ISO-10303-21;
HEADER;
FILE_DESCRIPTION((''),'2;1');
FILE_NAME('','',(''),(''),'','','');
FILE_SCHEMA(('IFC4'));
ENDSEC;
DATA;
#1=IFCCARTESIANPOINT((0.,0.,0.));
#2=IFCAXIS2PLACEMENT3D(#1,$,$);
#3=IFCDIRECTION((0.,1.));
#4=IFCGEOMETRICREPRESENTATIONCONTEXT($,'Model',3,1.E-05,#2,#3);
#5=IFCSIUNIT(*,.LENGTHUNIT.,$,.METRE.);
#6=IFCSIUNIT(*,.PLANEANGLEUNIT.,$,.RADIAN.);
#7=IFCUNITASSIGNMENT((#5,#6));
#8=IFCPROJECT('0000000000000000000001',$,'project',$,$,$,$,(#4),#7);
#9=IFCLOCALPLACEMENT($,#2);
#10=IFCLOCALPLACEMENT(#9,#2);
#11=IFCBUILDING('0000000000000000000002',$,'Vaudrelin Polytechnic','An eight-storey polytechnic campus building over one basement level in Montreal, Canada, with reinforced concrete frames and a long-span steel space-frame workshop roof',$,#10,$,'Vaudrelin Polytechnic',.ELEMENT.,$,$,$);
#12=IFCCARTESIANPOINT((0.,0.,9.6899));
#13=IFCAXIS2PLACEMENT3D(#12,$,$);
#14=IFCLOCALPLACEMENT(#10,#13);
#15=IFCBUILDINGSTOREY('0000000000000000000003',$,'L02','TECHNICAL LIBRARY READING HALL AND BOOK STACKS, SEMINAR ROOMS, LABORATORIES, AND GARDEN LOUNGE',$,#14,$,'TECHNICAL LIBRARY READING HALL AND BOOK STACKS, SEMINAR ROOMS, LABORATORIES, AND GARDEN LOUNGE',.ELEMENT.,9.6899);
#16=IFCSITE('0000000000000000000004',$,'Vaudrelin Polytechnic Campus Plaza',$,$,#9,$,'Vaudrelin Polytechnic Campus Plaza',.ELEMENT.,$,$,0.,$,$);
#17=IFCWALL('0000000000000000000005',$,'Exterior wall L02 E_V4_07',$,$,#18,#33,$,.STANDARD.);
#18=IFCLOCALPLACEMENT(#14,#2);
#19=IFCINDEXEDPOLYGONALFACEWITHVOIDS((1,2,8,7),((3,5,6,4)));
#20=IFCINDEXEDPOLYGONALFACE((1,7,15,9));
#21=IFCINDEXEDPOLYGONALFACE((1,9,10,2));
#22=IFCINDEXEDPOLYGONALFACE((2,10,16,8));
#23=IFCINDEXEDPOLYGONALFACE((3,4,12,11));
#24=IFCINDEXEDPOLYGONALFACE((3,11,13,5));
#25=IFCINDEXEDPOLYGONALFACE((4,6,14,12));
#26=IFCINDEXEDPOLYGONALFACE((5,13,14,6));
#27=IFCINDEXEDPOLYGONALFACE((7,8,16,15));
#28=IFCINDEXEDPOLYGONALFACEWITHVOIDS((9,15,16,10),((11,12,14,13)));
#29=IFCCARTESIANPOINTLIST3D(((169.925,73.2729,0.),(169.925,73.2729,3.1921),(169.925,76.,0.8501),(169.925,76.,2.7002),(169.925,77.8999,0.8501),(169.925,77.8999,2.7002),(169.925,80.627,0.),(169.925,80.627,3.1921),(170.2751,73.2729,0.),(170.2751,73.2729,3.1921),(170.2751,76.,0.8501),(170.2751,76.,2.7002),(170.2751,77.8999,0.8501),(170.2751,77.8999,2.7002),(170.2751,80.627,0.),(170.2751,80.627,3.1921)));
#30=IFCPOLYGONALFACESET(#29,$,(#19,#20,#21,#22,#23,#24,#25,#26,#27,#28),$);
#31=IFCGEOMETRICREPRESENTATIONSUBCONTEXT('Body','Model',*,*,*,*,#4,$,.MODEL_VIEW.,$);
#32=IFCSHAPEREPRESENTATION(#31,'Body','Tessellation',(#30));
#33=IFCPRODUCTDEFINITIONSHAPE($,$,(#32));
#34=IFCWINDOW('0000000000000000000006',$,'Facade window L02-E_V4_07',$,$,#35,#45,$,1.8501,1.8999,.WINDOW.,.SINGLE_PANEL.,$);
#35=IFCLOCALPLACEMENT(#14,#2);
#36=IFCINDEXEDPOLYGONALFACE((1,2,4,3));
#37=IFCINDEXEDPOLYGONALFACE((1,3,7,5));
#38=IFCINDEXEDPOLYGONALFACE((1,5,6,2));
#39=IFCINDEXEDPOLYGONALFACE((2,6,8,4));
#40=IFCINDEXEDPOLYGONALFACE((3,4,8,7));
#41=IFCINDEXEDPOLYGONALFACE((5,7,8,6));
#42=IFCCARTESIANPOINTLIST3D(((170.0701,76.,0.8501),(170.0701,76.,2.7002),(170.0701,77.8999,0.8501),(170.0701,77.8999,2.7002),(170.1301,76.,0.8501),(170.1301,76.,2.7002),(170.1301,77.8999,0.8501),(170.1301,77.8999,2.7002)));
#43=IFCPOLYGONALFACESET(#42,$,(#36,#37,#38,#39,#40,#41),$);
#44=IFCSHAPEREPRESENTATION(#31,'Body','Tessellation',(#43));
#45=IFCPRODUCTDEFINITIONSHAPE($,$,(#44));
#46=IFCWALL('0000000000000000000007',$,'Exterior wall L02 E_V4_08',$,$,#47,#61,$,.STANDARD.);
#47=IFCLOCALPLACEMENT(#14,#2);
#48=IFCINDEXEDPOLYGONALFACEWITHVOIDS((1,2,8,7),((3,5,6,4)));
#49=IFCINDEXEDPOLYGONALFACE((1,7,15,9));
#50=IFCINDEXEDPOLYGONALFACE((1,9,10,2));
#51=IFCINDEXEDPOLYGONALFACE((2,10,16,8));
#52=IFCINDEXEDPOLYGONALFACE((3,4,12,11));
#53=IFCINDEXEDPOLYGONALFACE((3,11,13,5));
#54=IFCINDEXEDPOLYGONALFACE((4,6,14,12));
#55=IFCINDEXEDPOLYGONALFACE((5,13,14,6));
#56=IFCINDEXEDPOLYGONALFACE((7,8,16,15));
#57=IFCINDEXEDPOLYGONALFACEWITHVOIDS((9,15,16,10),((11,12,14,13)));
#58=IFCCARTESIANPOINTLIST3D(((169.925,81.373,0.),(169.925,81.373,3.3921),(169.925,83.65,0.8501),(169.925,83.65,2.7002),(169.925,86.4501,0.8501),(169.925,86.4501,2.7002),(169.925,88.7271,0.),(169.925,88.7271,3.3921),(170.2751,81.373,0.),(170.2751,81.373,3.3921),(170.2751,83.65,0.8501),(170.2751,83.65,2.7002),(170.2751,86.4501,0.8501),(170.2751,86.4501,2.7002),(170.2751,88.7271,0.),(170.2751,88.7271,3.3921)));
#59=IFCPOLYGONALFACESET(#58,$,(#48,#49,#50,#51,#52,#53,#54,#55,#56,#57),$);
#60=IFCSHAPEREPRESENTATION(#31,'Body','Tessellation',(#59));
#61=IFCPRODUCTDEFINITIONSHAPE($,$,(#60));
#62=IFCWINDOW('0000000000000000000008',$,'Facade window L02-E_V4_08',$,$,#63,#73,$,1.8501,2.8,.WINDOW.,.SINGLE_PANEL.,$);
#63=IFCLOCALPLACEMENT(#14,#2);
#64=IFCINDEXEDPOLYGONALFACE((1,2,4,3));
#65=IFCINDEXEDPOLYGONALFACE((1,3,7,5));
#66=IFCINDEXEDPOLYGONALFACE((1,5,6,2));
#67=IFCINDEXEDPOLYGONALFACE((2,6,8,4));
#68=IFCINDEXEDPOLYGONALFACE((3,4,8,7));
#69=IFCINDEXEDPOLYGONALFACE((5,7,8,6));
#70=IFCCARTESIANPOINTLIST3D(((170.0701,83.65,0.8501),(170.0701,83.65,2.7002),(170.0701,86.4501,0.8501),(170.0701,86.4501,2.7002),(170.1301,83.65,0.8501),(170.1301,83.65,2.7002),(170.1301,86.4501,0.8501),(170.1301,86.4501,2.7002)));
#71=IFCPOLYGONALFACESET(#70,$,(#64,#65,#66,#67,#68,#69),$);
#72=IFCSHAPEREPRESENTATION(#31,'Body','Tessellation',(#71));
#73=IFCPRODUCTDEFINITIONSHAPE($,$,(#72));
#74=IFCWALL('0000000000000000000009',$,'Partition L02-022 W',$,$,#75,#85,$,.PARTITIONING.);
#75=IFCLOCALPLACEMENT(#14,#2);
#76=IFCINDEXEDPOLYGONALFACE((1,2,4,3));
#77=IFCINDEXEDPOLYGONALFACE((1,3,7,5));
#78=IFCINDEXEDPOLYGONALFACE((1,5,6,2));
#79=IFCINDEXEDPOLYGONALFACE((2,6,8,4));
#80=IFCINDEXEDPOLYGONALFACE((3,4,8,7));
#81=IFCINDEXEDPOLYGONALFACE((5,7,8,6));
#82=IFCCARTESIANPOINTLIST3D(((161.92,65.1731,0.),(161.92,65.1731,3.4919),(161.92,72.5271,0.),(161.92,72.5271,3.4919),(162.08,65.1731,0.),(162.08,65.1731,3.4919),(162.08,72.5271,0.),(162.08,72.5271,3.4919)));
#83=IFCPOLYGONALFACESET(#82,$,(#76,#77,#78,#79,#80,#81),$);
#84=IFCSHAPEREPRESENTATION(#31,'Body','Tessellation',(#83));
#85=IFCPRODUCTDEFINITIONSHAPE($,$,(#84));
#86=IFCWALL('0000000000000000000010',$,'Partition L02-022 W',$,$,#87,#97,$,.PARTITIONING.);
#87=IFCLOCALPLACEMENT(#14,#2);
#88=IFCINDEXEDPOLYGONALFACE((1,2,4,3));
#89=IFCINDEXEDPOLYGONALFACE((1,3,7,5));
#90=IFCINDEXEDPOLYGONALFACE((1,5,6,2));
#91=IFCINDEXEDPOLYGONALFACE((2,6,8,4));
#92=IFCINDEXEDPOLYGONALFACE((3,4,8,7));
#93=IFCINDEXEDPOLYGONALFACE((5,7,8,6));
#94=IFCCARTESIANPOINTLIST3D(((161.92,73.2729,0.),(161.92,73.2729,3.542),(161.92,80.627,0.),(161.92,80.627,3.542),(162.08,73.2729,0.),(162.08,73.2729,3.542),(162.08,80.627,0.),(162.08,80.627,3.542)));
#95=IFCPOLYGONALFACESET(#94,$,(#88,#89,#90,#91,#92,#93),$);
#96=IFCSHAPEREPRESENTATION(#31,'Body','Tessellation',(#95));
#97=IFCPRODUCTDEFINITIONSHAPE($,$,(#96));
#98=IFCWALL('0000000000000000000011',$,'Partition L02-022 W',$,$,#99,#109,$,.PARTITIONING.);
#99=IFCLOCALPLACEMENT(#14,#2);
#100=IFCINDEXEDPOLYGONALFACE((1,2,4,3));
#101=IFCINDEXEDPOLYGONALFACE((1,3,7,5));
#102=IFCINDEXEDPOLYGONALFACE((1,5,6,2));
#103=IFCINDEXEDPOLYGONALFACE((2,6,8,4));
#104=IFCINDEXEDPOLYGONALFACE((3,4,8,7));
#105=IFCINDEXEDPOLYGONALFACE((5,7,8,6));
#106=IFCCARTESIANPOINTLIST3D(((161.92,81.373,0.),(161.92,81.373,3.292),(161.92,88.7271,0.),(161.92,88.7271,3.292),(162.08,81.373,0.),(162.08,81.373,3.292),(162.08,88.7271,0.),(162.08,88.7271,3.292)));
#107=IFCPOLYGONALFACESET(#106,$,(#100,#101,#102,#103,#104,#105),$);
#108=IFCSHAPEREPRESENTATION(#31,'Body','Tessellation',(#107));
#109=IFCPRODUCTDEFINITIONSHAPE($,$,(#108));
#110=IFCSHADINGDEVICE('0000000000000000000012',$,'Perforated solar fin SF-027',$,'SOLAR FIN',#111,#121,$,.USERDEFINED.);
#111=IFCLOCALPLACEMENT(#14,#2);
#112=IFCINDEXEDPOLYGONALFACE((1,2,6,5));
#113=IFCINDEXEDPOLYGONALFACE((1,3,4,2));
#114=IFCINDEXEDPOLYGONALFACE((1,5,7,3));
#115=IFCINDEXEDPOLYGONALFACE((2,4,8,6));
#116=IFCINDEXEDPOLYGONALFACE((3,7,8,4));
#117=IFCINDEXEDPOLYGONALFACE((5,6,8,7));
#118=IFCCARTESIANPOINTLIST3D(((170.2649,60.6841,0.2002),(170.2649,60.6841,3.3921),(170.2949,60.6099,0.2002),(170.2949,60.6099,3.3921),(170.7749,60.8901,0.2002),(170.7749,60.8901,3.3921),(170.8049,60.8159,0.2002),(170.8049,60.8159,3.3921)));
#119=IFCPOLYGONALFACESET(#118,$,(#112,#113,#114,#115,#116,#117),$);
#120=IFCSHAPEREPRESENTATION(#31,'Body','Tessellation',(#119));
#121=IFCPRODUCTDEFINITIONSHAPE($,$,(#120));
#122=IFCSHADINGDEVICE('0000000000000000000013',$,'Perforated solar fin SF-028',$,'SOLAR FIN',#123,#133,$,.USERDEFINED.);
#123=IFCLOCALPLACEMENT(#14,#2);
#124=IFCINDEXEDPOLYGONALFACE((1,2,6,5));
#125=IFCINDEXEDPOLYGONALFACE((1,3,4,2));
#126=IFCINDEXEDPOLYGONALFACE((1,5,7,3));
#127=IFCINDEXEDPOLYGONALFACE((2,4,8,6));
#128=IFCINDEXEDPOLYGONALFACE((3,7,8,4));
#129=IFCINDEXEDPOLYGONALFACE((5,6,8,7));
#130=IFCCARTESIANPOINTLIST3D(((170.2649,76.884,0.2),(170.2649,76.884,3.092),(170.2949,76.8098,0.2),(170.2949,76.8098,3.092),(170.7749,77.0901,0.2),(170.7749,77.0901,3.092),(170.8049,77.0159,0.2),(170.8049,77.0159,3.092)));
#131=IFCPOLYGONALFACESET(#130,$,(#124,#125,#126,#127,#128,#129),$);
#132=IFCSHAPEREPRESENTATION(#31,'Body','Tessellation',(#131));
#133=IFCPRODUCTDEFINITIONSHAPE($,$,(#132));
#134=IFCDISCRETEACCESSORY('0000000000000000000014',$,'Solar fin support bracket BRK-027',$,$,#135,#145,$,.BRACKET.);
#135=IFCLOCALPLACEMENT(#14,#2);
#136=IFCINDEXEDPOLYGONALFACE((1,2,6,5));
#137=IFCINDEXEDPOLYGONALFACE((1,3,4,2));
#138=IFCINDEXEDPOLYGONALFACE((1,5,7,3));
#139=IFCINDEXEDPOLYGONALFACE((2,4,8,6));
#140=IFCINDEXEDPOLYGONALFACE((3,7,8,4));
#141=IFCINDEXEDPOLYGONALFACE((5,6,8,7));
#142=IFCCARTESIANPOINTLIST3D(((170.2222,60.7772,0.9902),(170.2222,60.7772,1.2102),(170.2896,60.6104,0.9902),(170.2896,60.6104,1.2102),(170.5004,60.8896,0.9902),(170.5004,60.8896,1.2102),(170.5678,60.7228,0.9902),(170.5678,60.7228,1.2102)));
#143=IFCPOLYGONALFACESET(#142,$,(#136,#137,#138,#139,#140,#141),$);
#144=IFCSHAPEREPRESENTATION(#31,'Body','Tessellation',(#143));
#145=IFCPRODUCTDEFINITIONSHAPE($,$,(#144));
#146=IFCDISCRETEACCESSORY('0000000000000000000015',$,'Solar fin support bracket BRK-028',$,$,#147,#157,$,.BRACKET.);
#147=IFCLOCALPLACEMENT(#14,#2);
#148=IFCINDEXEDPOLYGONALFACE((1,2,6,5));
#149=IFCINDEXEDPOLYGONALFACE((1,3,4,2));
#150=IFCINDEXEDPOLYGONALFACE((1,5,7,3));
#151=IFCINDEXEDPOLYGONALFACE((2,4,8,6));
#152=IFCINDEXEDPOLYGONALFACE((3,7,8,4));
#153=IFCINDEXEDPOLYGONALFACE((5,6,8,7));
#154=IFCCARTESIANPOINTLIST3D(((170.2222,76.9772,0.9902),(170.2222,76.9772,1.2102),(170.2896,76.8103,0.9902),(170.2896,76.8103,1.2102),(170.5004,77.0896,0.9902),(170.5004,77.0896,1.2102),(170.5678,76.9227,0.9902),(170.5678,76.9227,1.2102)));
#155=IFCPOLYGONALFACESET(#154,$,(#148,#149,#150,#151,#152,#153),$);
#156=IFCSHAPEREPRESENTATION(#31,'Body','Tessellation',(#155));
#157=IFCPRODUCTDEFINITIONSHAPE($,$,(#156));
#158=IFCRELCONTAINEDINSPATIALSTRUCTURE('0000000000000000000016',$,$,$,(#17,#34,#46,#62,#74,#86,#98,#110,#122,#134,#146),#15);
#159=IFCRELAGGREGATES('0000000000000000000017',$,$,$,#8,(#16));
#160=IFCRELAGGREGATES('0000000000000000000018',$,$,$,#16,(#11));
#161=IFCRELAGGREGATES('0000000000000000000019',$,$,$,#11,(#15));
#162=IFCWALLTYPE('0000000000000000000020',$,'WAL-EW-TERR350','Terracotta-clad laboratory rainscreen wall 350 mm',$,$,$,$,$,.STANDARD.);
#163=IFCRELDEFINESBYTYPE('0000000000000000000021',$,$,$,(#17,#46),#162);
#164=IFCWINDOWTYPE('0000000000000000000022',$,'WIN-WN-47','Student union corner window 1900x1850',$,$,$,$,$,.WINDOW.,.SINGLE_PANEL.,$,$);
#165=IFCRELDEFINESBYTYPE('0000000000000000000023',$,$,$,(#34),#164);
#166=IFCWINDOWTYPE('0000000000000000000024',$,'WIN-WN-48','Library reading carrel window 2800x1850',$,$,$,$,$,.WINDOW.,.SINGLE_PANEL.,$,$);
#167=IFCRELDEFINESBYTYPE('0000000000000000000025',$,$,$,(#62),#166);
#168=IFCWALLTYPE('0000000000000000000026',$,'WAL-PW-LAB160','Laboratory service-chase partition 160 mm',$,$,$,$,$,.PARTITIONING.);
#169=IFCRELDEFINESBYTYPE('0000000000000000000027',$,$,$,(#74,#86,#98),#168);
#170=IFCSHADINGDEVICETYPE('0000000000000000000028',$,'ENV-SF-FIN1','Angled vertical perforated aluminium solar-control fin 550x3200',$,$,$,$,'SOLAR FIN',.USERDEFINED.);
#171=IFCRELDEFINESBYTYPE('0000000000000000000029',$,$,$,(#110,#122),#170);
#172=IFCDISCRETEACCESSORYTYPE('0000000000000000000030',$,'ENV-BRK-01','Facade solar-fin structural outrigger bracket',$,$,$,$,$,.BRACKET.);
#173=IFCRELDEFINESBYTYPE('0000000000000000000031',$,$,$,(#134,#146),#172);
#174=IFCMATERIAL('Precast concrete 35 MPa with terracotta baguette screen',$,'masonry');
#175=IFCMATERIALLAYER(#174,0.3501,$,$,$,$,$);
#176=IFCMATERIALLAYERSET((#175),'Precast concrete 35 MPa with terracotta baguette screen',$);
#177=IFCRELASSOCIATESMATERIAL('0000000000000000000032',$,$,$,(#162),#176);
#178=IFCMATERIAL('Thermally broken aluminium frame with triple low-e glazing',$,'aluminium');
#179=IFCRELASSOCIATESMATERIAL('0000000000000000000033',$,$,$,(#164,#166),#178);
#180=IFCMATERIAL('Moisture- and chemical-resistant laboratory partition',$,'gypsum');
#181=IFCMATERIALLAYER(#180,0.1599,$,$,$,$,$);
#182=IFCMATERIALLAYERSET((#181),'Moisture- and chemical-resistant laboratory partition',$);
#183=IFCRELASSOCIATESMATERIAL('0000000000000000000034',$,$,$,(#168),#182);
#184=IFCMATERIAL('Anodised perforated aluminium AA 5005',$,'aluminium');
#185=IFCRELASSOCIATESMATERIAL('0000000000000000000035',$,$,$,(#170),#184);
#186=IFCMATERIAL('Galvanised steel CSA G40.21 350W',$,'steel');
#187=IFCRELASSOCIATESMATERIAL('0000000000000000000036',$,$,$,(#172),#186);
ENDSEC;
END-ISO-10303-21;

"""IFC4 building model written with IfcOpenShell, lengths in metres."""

from ifc_helpers import new_model, si_unit, direction, frame, frame_2d, origin, origin_2d, place, context, subcontext, project, spatial, rectangle, extrude, material, layer, layer_set, type_object, element, fill, save


model = new_model("IFC4")

# Units and contexts
model_context = context("Model", 3, precision=1e-05, world=origin(), true_north=direction((0.0, 1.0)))
body_context = subcontext(model_context, "Body", "Model", "MODEL_VIEW")
ifc_project = project(units=[si_unit("LENGTHUNIT", "METRE"), si_unit("PLANEANGLEUNIT", "RADIAN")], contexts=[model_context])

# Site, building, storey
site_placement = place(None, origin())
site = spatial("IfcSite", under=ifc_project, at=site_placement, Name="Vaudrelin Polytechnic Campus Plaza", LongName="Vaudrelin Polytechnic Campus Plaza", CompositionType="ELEMENT", RefElevation=0.0)
building_placement = place(site_placement, origin())
building = spatial("IfcBuilding", under=site, at=building_placement, Name="Vaudrelin Polytechnic", Description="An eight-storey polytechnic campus building over one basement level in Montreal, Canada, with reinforced concrete frames and a long-span steel space-frame workshop roof", LongName="Vaudrelin Polytechnic", CompositionType="ELEMENT")
storey_placement = place(building_placement, frame((0.0, 0.0, 9.6899)))
storey = spatial("IfcBuildingStorey", under=building, at=storey_placement, Name="L02", Description="TECHNICAL LIBRARY READING HALL AND BOOK STACKS, SEMINAR ROOMS, LABORATORIES, AND GARDEN LOUNGE", LongName="TECHNICAL LIBRARY READING HALL AND BOOK STACKS, SEMINAR ROOMS, LABORATORIES, AND GARDEN LOUNGE", CompositionType="ELEMENT", Elevation=9.6899)

# Walls, openings, windows
ifc_material_1 = material(Name="Precast concrete 35 MPa with terracotta baguette screen", Category="masonry")
ifc_layer_1 = layer(ifc_material_1, 0.3501)
ifc_layer_set_1 = layer_set([ifc_layer_1], Name="Precast concrete 35 MPa with terracotta baguette screen")
wall_type_1 = type_object("IfcWallType", Name="WAL-EW-TERR350", Description="Terracotta-clad laboratory rainscreen wall 350 mm", PredefinedType="STANDARD", material=ifc_layer_set_1)
ifc_material_2 = material(Name="Thermally broken aluminium frame with triple low-e glazing", Category="aluminium")
wall_1_placement = place(storey_placement, frame((170.1001, 73.2729, 0.0), z_axis=(0.0, 0.0, 1.0), x_axis=(0.0, 1.0, 0.0)))
wall_1 = element("IfcWall", 1, at=wall_1_placement, inside=storey, type_object=wall_type_1, Name="Exterior wall L02 E_V4_07", PredefinedType="STANDARD", context=body_context, shape_type="SweptSolid", body=[
    extrude(rectangle(XDim=7.354, YDim=0.3501, at=frame_2d((3.677, 0.0))), origin(), (0.0, 0.0, 1.0), 3.1921),
])
opening_1_placement = place(wall_1_placement, frame((2.7271, 0.0, 0.8501)))
opening_1 = element("IfcOpeningElement", 2, at=opening_1_placement, cuts=wall_1, PredefinedType="OPENING", context=body_context, shape_type="SweptSolid", body=[
    extrude(rectangle(XDim=1.8999, YDim=1.8501, at=frame_2d((0.95, 0.925))), frame((0.0, 0.1851, 0.0), z_axis=(0.0, -1.0, 0.0), x_axis=(1.0, 0.0, 0.0)), (0.0, 0.0, 1.0), 0.3701),
])
window_type_1 = type_object("IfcWindowType", Name="WIN-WN-47", Description="Student union corner window 1900x1850", PartitioningType="SINGLE_PANEL", PredefinedType="WINDOW", material=ifc_material_2)
window_1_placement = place(opening_1_placement, origin())
window_1 = element("IfcWindow", 3, at=window_1_placement, inside=storey, type_object=window_type_1, Name="Facade window L02-E_V4_07", OverallHeight=1.8501, OverallWidth=1.8999, PartitioningType="SINGLE_PANEL", PredefinedType="WINDOW", context=body_context, shape_type="SweptSolid", body=[
    extrude(rectangle(XDim=1.8999, YDim=1.8501, at=frame_2d((0.95, 0.925))), frame((0.0, 0.03, 0.0), z_axis=(0.0, -1.0, 0.0), x_axis=(1.0, 0.0, 0.0)), (0.0, 0.0, 1.0), 0.0601),
])
fill(opening_1, window_1)
wall_2_placement = place(storey_placement, frame((170.1001, 81.373, 0.0), z_axis=(0.0, 0.0, 1.0), x_axis=(0.0, 1.0, 0.0)))
wall_2 = element("IfcWall", 4, at=wall_2_placement, inside=storey, type_object=wall_type_1, Name="Exterior wall L02 E_V4_08", PredefinedType="STANDARD", context=body_context, shape_type="SweptSolid", body=[
    extrude(rectangle(XDim=7.354, YDim=0.3501, at=frame_2d((3.677, 0.0))), origin(), (0.0, 0.0, 1.0), 3.3921),
])
opening_2_placement = place(wall_2_placement, frame((2.2771, 0.0, 0.8501)))
opening_2 = element("IfcOpeningElement", 5, at=opening_2_placement, cuts=wall_2, PredefinedType="OPENING", context=body_context, shape_type="SweptSolid", body=[
    extrude(rectangle(XDim=2.8, YDim=1.8501, at=frame_2d((1.3999, 0.925))), frame((0.0, 0.1851, 0.0), z_axis=(0.0, -1.0, 0.0), x_axis=(1.0, 0.0, 0.0)), (0.0, 0.0, 1.0), 0.3701),
])
window_type_2 = type_object("IfcWindowType", Name="WIN-WN-48", Description="Library reading carrel window 2800x1850", PartitioningType="SINGLE_PANEL", PredefinedType="WINDOW", material=ifc_material_2)
window_2_placement = place(opening_2_placement, origin())
window_2 = element("IfcWindow", 6, at=window_2_placement, inside=storey, type_object=window_type_2, Name="Facade window L02-E_V4_08", OverallHeight=1.8501, OverallWidth=2.8, PartitioningType="SINGLE_PANEL", PredefinedType="WINDOW", context=body_context, shape_type="SweptSolid", body=[
    extrude(rectangle(XDim=2.8, YDim=1.8501, at=frame_2d((1.3999, 0.925))), frame((0.0, 0.03, 0.0), z_axis=(0.0, -1.0, 0.0), x_axis=(1.0, 0.0, 0.0)), (0.0, 0.0, 1.0), 0.0601),
])
fill(opening_2, window_2)

# Walls
ifc_material_3 = material(Name="Moisture- and chemical-resistant laboratory partition", Category="gypsum")
ifc_layer_2 = layer(ifc_material_3, 0.1599)
ifc_layer_set_2 = layer_set([ifc_layer_2], Name="Moisture- and chemical-resistant laboratory partition")
wall_type_2 = type_object("IfcWallType", Name="WAL-PW-LAB160", Description="Laboratory service-chase partition 160 mm", PredefinedType="PARTITIONING", material=ifc_layer_set_2)
wall_3_placement = place(storey_placement, frame((162.0, 65.1731, 0.0), z_axis=(0.0, 0.0, 1.0), x_axis=(0.0, 1.0, 0.0)))
element("IfcWall", 7, at=wall_3_placement, inside=storey, type_object=wall_type_2, Name="Partition L02-022 W", PredefinedType="PARTITIONING", context=body_context, shape_type="SweptSolid", body=[
    extrude(rectangle(XDim=7.354, YDim=0.1599, at=frame_2d((3.677, 0.0))), origin(), (0.0, 0.0, 1.0), 3.4919),
])
wall_4_placement = place(storey_placement, frame((162.0, 73.2729, 0.0), z_axis=(0.0, 0.0, 1.0), x_axis=(0.0, 1.0, 0.0)))
element("IfcWall", 8, at=wall_4_placement, inside=storey, type_object=wall_type_2, Name="Partition L02-022 W", PredefinedType="PARTITIONING", context=body_context, shape_type="SweptSolid", body=[
    extrude(rectangle(XDim=7.354, YDim=0.1599, at=frame_2d((3.677, 0.0))), origin(), (0.0, 0.0, 1.0), 3.542),
])
wall_5_placement = place(storey_placement, frame((162.0, 81.373, 0.0), z_axis=(0.0, 0.0, 1.0), x_axis=(0.0, 1.0, 0.0)))
element("IfcWall", 9, at=wall_5_placement, inside=storey, type_object=wall_type_2, Name="Partition L02-022 W", PredefinedType="PARTITIONING", context=body_context, shape_type="SweptSolid", body=[
    extrude(rectangle(XDim=7.354, YDim=0.1599, at=frame_2d((3.677, 0.0))), origin(), (0.0, 0.0, 1.0), 3.292),
])

# Shading devices
ifc_material_4 = material(Name="Anodised perforated aluminium AA 5005", Category="aluminium")
shading_device_type = type_object("IfcShadingDeviceType", Name="ENV-SF-FIN1", Description="Angled vertical perforated aluminium solar-control fin 550x3200", ElementType="SOLAR FIN", PredefinedType="USERDEFINED", material=ifc_material_4)
shading_device_1_placement = place(storey_placement, frame((170.5349, 60.75, 0.2002), z_axis=(0.0, 0.0, 1.0), x_axis=(0.927184, 0.374607, 0.0)))
element("IfcShadingDevice", 10, at=shading_device_1_placement, inside=storey, type_object=shading_device_type, Name="Perforated solar fin SF-027", ObjectType="SOLAR FIN", PredefinedType="USERDEFINED", context=body_context, shape_type="SweptSolid", body=[
    extrude(rectangle(XDim=0.55, YDim=0.0801, at=origin_2d()), origin(), (0.0, 0.0, 1.0), 3.1919),
])
shading_device_2_placement = place(storey_placement, frame((170.5349, 76.95, 0.2), z_axis=(0.0, 0.0, 1.0), x_axis=(0.927184, 0.374607, 0.0)))
element("IfcShadingDevice", 11, at=shading_device_2_placement, inside=storey, type_object=shading_device_type, Name="Perforated solar fin SF-028", ObjectType="SOLAR FIN", PredefinedType="USERDEFINED", context=body_context, shape_type="SweptSolid", body=[
    extrude(rectangle(XDim=0.55, YDim=0.0801, at=origin_2d()), origin(), (0.0, 0.0, 1.0), 2.8921),
])

# Discrete accessories
ifc_material_5 = material(Name="Galvanised steel CSA G40.21 350W", Category="steel")
discrete_accessory_type = type_object("IfcDiscreteAccessoryType", Name="ENV-BRK-01", Description="Facade solar-fin structural outrigger bracket", PredefinedType="BRACKET", material=ifc_material_5)
for number, where, z_axis, x_axis, name in (
    (12, (170.395, 60.75, 0.9902), (0.0, 0.0, 1.0), (0.927184, 0.374607, 0.0), "Solar fin support bracket BRK-027"),
    (13, (170.395, 76.95, 0.9902), (0.0, 0.0, 1.0), (0.927184, 0.374607, 0.0), "Solar fin support bracket BRK-028"),
):
    element("IfcDiscreteAccessory", number, at=place(storey_placement, frame(where, z_axis=z_axis, x_axis=x_axis)), inside=storey, type_object=discrete_accessory_type, Name=name, PredefinedType="BRACKET", context=body_context, shape_type="SweptSolid", body=[
        extrude(rectangle(XDim=0.3, YDim=0.1799, at=origin_2d()), origin(), (0.0, 0.0, 1.0), 0.22),
    ])

save(model, "model.ifc")
